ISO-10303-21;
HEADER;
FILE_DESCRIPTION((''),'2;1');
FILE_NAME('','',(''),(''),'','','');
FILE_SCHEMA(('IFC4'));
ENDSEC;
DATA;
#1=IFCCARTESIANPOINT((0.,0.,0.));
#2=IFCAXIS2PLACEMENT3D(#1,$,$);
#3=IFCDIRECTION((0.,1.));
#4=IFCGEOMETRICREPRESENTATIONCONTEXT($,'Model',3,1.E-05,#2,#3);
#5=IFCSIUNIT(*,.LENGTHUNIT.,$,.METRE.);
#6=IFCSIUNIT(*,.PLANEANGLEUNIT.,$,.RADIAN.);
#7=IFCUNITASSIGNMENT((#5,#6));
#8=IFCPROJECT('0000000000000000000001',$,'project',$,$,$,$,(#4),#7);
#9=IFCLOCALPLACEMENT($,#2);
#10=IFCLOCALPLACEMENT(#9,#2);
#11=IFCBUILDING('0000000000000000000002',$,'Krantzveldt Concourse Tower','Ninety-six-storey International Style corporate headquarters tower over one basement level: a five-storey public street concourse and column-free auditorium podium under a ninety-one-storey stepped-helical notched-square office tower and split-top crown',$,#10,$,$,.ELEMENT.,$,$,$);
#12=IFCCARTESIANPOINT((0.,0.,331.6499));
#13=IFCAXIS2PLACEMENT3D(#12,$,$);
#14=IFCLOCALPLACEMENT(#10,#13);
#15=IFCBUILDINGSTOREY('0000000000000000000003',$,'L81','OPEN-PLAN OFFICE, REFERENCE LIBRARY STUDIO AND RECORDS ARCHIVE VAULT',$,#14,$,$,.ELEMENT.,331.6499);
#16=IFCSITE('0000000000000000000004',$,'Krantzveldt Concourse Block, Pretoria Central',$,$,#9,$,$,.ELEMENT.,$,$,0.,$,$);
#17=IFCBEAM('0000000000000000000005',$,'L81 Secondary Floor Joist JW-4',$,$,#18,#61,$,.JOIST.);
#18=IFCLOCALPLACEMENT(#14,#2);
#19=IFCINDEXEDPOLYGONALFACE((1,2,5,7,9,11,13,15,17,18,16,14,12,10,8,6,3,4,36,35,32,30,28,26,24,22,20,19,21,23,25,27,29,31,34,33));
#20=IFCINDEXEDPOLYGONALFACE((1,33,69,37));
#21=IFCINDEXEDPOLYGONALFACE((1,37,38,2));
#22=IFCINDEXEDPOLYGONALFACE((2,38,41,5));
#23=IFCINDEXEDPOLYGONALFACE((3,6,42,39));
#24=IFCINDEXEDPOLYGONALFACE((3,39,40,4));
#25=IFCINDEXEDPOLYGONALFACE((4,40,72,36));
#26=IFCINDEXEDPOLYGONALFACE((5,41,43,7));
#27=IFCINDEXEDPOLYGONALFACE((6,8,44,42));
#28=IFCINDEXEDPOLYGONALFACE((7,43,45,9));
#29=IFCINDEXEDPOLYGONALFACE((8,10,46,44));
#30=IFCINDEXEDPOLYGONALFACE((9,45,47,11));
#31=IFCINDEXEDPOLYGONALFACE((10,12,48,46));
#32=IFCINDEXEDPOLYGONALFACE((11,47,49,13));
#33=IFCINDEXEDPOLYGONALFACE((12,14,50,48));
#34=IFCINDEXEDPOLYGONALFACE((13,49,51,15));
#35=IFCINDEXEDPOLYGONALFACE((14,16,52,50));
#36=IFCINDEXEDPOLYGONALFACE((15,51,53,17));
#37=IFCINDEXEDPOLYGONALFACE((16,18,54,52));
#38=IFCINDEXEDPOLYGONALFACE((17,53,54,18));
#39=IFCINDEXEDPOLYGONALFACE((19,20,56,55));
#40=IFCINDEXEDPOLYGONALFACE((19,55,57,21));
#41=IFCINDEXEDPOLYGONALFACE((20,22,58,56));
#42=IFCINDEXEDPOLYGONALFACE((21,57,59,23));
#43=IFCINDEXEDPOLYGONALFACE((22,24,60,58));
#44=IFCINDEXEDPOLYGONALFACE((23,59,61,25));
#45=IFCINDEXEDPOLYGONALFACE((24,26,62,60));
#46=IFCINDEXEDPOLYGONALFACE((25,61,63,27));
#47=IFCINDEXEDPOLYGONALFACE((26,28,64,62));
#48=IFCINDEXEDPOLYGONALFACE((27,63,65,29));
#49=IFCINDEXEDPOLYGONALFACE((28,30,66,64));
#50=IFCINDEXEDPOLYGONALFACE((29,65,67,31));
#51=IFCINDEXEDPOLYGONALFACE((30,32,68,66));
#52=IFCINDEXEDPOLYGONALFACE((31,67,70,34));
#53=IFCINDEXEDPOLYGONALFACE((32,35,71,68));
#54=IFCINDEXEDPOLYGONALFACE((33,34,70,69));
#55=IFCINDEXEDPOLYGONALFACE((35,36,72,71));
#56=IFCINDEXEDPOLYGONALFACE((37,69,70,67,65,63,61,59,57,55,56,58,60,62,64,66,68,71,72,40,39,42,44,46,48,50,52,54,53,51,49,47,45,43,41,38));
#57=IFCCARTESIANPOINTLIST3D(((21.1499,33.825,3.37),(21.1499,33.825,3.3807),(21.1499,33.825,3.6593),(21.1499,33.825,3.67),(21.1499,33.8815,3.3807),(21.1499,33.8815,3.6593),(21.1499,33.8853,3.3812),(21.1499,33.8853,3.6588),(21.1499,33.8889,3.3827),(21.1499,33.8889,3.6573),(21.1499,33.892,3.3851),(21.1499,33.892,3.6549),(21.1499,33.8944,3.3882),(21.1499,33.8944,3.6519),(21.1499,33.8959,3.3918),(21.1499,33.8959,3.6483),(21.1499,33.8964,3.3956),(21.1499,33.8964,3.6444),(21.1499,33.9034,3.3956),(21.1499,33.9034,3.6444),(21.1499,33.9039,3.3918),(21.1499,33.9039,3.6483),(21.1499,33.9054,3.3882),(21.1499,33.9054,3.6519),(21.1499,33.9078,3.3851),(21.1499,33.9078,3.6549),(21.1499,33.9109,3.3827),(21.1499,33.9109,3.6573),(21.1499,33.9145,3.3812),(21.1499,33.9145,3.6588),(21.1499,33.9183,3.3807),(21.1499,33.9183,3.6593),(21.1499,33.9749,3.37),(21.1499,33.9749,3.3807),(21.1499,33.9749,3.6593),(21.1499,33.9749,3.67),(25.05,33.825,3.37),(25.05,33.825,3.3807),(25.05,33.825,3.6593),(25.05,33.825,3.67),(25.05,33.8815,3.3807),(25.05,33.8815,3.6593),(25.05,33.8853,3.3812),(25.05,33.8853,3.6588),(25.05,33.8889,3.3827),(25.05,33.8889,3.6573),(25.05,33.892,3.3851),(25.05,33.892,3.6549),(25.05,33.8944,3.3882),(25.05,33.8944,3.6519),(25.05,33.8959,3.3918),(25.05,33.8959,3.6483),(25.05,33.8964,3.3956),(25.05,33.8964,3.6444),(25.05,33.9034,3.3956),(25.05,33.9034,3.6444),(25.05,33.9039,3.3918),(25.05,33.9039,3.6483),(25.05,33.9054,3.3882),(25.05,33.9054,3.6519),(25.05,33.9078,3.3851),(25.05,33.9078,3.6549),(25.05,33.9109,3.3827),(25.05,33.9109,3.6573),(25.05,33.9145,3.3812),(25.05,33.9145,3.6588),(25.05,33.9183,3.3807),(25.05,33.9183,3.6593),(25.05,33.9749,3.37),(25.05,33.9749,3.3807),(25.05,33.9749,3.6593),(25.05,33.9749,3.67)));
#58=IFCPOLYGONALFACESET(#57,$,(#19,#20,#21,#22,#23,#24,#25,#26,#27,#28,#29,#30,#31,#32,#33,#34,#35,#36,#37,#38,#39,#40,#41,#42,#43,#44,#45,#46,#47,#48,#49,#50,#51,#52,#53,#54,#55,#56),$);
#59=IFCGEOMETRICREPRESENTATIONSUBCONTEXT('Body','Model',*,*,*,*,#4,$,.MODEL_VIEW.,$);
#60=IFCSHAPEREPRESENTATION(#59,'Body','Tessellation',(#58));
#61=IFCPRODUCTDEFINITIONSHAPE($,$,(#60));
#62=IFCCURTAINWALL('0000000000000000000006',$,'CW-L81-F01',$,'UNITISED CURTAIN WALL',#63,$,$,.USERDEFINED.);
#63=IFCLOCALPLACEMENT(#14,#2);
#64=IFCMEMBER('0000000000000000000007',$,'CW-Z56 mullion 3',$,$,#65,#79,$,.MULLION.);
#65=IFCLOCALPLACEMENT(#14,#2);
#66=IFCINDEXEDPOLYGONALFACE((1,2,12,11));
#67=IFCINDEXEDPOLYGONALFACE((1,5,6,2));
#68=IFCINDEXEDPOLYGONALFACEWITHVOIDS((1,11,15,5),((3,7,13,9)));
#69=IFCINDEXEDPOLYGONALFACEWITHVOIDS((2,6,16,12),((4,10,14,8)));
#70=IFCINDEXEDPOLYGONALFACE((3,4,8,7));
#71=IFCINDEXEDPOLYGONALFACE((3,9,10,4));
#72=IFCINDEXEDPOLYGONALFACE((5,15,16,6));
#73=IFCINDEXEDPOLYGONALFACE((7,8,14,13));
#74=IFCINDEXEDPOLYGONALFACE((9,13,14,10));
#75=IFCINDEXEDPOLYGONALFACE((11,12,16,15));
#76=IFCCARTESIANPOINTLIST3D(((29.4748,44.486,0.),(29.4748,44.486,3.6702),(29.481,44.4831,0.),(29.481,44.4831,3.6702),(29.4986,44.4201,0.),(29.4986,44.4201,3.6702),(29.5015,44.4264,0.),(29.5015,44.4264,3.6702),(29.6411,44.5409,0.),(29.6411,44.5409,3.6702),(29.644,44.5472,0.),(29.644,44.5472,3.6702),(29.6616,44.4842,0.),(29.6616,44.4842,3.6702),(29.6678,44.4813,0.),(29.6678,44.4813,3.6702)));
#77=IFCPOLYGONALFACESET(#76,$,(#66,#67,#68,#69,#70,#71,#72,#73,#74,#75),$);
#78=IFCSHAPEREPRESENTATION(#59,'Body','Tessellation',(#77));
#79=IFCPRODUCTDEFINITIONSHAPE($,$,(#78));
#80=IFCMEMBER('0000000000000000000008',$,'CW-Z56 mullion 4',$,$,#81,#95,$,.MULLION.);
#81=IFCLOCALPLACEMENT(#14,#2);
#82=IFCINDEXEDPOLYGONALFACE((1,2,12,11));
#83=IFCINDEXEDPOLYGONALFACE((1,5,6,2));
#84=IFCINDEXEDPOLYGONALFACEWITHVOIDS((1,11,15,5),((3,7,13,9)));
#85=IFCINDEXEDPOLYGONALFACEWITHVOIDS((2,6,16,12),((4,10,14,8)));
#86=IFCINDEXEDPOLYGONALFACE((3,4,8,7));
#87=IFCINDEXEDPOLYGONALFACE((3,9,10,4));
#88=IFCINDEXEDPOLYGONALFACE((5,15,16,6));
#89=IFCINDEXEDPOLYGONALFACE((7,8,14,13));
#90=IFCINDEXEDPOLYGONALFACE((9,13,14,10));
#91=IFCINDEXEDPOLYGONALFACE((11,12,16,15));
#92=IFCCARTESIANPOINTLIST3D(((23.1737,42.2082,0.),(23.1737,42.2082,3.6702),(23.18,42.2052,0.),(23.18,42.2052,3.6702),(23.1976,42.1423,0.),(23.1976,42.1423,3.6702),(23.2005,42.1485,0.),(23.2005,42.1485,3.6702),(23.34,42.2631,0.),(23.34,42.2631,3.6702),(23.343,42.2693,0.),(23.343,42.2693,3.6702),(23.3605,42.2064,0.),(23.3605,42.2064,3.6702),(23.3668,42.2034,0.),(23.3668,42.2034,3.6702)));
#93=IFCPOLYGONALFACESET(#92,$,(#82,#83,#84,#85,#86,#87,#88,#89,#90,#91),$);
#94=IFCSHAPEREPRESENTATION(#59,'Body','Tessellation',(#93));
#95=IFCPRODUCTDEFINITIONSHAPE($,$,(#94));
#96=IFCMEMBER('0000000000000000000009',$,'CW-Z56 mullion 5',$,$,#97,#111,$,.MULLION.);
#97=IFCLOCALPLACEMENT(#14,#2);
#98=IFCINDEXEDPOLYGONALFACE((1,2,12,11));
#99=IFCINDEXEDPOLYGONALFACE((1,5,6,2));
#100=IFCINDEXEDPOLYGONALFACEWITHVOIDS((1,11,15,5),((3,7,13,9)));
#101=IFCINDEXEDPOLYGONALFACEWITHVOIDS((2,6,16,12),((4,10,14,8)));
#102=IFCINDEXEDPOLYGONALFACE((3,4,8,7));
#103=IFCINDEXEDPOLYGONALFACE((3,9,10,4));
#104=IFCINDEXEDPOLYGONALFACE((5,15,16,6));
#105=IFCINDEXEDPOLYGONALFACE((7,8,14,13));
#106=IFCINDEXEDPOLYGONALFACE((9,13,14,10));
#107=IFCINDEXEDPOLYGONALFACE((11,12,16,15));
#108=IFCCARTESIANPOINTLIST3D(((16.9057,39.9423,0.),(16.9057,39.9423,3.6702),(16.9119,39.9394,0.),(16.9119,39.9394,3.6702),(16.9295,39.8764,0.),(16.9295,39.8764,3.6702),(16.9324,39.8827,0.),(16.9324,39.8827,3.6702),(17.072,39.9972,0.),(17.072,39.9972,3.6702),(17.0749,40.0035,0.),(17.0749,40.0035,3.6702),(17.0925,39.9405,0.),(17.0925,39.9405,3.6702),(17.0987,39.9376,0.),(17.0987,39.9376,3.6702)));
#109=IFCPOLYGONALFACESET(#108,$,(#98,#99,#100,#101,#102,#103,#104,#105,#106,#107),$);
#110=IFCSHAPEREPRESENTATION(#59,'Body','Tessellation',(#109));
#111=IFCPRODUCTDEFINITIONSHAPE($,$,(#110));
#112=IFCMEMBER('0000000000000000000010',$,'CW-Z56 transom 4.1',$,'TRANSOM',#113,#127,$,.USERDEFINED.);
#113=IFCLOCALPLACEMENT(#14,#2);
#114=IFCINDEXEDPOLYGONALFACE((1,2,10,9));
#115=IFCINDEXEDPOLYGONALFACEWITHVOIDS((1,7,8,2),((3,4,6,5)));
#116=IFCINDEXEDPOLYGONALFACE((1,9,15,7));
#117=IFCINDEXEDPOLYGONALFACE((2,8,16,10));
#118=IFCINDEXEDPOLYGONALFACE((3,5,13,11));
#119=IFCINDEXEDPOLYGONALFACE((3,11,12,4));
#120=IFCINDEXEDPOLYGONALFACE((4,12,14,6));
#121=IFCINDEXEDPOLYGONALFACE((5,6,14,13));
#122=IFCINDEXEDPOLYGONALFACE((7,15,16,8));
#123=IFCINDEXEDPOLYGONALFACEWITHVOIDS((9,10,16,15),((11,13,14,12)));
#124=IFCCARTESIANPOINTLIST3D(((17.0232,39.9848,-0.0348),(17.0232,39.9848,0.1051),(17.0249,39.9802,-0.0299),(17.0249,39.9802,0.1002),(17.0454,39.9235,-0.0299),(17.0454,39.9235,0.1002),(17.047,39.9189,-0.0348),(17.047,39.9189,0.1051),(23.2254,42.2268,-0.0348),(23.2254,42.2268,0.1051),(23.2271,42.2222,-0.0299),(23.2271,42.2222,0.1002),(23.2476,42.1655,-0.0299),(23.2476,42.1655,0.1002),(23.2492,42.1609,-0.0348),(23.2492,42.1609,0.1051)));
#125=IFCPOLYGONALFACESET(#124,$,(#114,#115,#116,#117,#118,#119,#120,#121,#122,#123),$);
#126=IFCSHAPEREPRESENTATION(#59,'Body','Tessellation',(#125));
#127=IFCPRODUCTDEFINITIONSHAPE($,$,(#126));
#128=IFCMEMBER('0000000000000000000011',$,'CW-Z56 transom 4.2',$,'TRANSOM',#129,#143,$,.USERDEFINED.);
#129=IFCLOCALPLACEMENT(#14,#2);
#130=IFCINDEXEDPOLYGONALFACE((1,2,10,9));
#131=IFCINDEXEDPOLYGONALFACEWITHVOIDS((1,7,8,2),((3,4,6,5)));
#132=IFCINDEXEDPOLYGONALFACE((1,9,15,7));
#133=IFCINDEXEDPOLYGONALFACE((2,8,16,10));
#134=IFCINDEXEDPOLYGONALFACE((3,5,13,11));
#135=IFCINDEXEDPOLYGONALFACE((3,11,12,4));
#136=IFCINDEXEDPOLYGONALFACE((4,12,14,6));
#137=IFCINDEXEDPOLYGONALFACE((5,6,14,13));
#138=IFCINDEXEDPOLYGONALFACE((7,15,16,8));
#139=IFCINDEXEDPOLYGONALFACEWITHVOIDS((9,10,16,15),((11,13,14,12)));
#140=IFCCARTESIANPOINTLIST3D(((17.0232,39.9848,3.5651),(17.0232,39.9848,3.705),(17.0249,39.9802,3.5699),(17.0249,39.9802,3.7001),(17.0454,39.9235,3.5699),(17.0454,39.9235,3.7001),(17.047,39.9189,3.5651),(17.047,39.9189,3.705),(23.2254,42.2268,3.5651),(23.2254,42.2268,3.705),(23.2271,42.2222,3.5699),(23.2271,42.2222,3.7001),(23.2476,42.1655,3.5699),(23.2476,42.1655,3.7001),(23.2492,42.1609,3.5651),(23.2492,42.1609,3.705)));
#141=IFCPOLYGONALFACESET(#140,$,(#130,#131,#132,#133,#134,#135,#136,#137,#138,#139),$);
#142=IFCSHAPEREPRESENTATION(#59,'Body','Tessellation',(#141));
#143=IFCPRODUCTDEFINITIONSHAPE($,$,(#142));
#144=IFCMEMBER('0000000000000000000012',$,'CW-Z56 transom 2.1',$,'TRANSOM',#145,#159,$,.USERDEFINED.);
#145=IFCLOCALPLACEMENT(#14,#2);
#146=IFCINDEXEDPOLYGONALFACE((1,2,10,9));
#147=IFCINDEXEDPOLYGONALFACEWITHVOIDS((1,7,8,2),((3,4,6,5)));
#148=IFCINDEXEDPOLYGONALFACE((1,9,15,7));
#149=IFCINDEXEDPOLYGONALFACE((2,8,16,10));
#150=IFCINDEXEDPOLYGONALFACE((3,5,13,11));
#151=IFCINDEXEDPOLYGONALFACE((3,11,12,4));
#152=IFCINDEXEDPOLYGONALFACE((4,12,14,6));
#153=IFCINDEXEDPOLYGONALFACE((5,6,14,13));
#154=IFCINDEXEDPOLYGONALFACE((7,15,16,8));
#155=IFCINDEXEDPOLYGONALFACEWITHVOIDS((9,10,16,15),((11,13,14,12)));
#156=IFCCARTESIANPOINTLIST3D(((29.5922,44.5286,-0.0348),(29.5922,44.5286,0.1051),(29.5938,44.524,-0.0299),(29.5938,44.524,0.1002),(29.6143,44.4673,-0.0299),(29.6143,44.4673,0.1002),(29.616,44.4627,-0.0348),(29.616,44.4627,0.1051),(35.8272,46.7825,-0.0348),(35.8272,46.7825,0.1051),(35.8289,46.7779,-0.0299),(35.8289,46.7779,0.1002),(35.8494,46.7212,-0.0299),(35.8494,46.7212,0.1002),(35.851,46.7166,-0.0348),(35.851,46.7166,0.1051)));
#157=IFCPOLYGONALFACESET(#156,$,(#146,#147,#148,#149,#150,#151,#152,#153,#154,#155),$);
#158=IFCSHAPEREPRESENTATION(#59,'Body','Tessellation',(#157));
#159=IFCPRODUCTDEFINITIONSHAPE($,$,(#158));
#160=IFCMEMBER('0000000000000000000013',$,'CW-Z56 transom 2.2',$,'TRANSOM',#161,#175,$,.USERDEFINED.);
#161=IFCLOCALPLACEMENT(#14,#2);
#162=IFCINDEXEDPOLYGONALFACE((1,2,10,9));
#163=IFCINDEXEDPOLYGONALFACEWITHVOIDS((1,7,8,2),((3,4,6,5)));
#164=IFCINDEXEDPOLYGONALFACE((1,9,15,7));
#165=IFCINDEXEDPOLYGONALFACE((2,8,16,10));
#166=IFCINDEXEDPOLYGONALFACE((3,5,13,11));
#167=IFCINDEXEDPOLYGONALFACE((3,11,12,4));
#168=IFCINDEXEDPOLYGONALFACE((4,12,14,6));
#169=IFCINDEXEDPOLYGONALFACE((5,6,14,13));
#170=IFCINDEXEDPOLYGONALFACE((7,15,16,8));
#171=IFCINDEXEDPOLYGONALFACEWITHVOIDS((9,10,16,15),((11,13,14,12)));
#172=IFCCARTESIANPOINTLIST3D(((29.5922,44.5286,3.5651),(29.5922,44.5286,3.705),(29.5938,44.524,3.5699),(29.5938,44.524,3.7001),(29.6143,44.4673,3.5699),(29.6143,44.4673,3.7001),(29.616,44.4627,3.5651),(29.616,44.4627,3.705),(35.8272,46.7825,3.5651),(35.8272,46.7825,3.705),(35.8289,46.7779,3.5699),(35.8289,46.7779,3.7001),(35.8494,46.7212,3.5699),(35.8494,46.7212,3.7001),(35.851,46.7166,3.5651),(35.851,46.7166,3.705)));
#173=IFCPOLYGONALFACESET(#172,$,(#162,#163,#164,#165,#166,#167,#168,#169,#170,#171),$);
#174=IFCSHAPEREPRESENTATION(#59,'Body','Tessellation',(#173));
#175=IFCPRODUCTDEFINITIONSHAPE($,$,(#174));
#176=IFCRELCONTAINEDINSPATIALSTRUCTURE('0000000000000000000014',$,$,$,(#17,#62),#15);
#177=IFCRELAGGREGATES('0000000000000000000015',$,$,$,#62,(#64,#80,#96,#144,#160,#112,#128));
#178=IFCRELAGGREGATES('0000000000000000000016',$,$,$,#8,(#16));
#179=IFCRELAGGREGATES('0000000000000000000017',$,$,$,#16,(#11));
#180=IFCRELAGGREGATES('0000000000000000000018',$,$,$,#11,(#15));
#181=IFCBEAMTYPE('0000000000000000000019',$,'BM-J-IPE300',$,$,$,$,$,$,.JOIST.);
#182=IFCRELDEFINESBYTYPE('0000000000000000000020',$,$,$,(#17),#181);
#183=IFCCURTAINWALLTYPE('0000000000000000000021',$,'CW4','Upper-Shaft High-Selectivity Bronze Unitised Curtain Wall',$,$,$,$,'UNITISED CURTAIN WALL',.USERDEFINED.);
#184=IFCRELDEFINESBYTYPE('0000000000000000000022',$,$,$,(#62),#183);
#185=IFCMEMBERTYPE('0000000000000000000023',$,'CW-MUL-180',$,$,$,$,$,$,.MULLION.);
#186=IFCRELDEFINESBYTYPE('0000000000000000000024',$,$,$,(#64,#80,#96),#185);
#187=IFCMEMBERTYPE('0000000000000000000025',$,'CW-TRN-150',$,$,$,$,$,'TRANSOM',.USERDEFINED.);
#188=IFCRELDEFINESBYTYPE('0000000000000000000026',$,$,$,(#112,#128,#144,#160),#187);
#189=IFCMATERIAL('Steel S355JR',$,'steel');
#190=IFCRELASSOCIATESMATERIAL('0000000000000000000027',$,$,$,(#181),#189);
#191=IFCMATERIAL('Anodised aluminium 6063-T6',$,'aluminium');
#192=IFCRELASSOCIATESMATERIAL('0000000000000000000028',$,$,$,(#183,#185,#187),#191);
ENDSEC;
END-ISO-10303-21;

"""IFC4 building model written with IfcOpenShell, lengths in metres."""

from ifc_helpers import new_model, si_unit, direction, frame, origin, origin_2d, place, context, subcontext, project, spatial, hollow_rectangle, i_section, extrude, source, transform, mapped, material, material_profile, profile_set, type_object, type_shapes, element, aggregate, save


model = new_model("IFC4")

# Units and contexts
model_context = context("Model", 3, precision=1e-05, world=origin(), true_north=direction((0.0, 1.0)))
body_context = subcontext(model_context, "Body", "Model", "MODEL_VIEW")
ifc_project = project(units=[si_unit("LENGTHUNIT", "METRE"), si_unit("PLANEANGLEUNIT", "RADIAN")], contexts=[model_context])

# Site, building, storey
site_placement = place(None, origin())
site = spatial("IfcSite", under=ifc_project, at=site_placement, Name="Krantzveldt Concourse Block, Pretoria Central", CompositionType="ELEMENT", RefElevation=0.0)
building_placement = place(site_placement, origin())
building = spatial("IfcBuilding", under=site, at=building_placement, Name="Krantzveldt Concourse Tower", Description="Ninety-six-storey International Style corporate headquarters tower over one basement level: a five-storey public street concourse and column-free auditorium podium under a ninety-one-storey stepped-helical notched-square office tower and split-top crown", CompositionType="ELEMENT")
storey_placement = place(building_placement, frame((0.0, 0.0, 331.6499)))
storey = spatial("IfcBuildingStorey", under=building, at=storey_placement, Name="L81", Description="OPEN-PLAN OFFICE, REFERENCE LIBRARY STUDIO AND RECORDS ARCHIVE VAULT", CompositionType="ELEMENT", Elevation=331.6499)

# Beam
ifc_material_1 = material(Name="Steel S355JR", Category="steel")
ifc_material_profile_1 = material_profile(ifc_material_1, i_section(OverallWidth=0.1499, OverallDepth=0.3, WebThickness=0.0071, FlangeThickness=0.0107, FilletRadius=0.0149, at=origin_2d()), Name="Steel S355JR", Category="steel")
ifc_profile_set_1 = profile_set([ifc_material_profile_1], Name="Steel S355JR - IPE 300")
beam_type_1 = type_object("IfcBeamType", Name="BM-J-IPE300", PredefinedType="JOIST", material=ifc_profile_set_1)
shared_shape_1 = source(origin(), body_context, "Body", "SweptSolid", [
    extrude(i_section(OverallWidth=0.1499, OverallDepth=0.3, WebThickness=0.0071, FlangeThickness=0.0107, FilletRadius=0.0149, at=origin_2d()), origin(), (0.0, 0.0, 1.0), 3.9001),
])
beam_1_placement = place(storey_placement, frame((21.1499, 33.8999, 3.52), z_axis=(1.0, 0.0, 0.0), x_axis=(0.0, 1.0, 0.0)))
element("IfcBeam", 1, at=beam_1_placement, inside=storey, type_object=beam_type_1, Name="L81 Secondary Floor Joist JW-4", PredefinedType="JOIST", context=body_context, shape_type="MappedRepresentation", body=[
    mapped(shared_shape_1, transform((0.0, 0.0, 0.0), x_axis=(1.0, 0.0, 0.0), y_axis=(0.0, 1.0, 0.0), z_axis=(0.0, 0.0, 1.0), scale=1.0)),
])

# Curtain wall, members
ifc_material_2 = material(Name="Anodised aluminium 6063-T6", Category="aluminium")
curtain_wall_type = type_object("IfcCurtainWallType", Name="CW4", Description="Upper-Shaft High-Selectivity Bronze Unitised Curtain Wall", ElementType="UNITISED CURTAIN WALL", PredefinedType="USERDEFINED", material=ifc_material_2)
curtain_wall_placement = place(storey_placement, origin())
curtain_wall = element("IfcCurtainWall", 2, at=curtain_wall_placement, inside=storey, type_object=curtain_wall_type, Name="CW-L81-F01", ObjectType="UNITISED CURTAIN WALL", PredefinedType="USERDEFINED")
ifc_material_profile_2 = material_profile(ifc_material_2, hollow_rectangle(XDim=0.0701, YDim=0.1799, WallThickness=0.0049, at=origin_2d()), Name="Anodised aluminium 6063-T6", Category="aluminium")
ifc_profile_set_2 = profile_set([ifc_material_profile_2], Name="Anodised aluminium 6063-T6 - ALU-MULL 180x70x5")
member_type_1 = type_object("IfcMemberType", Name="CW-MUL-180", PredefinedType="MULLION", material=ifc_profile_set_2)
shared_shape_2 = source(origin(), body_context, "Body", "SweptSolid", [
    extrude(hollow_rectangle(XDim=0.0701, YDim=0.1799, WallThickness=0.0049, at=origin_2d()), origin(), (0.0, 0.0, 1.0), 3.6702),
])
type_shapes(member_type_1, [shared_shape_2])
member_1_placement = place(storey_placement, frame((29.5713, 44.4836, 0.0), z_axis=(0.0, 0.0, 1.0), x_axis=(0.339969, -0.940437, 0.0)))
member_1 = element("IfcMember", 3, at=member_1_placement, type_object=member_type_1, Name="CW-Z56 mullion 3", PredefinedType="MULLION", context=body_context, shape_type="MappedRepresentation", body=[
    mapped(shared_shape_2, transform((0.0, 0.0, 0.0), x_axis=(1.0, 0.0, 0.0), y_axis=(0.0, 1.0, 0.0), z_axis=(0.0, 0.0, 1.0), scale=1.0)),
])
member_2_placement = place(storey_placement, frame((23.2703, 42.2058, 0.0), z_axis=(0.0, 0.0, 1.0), x_axis=(0.339969, -0.940437, 0.0)))
member_2 = element("IfcMember", 4, at=member_2_placement, type_object=member_type_1, Name="CW-Z56 mullion 4", PredefinedType="MULLION", context=body_context, shape_type="MappedRepresentation", body=[
    mapped(shared_shape_2, transform((0.0, 0.0, 0.0), x_axis=(1.0, 0.0, 0.0), y_axis=(0.0, 1.0, 0.0), z_axis=(0.0, 0.0, 1.0), scale=1.0)),
])
member_3_placement = place(storey_placement, frame((17.0022, 39.9399, 0.0), z_axis=(0.0, 0.0, 1.0), x_axis=(0.339969, -0.940437, 0.0)))
member_3 = element("IfcMember", 5, at=member_3_placement, type_object=member_type_1, Name="CW-Z56 mullion 5", PredefinedType="MULLION", context=body_context, shape_type="MappedRepresentation", body=[
    mapped(shared_shape_2, transform((0.0, 0.0, 0.0), x_axis=(1.0, 0.0, 0.0), y_axis=(0.0, 1.0, 0.0), z_axis=(0.0, 0.0, 1.0), scale=1.0)),
])
ifc_material_profile_3 = material_profile(ifc_material_2, hollow_rectangle(XDim=0.0701, YDim=0.1399, WallThickness=0.0049, at=origin_2d()), Name="Anodised aluminium 6063-T6", Category="aluminium")
ifc_profile_set_3 = profile_set([ifc_material_profile_3], Name="Anodised aluminium 6063-T6 - ALU-TRAN 140x70x5")
member_type_2 = type_object("IfcMemberType", Name="CW-TRN-150", ElementType="TRANSOM", PredefinedType="USERDEFINED", material=ifc_profile_set_3)
shared_shape_3 = source(origin(), body_context, "Body", "SweptSolid", [
    extrude(hollow_rectangle(XDim=0.0701, YDim=0.1399, WallThickness=0.0049, at=origin_2d()), origin(), (0.0, 0.0, 1.0), 6.595),
])
member_4_placement = place(storey_placement, frame((23.2373, 42.1938, 0.0352), z_axis=(-0.940443, -0.33995, 0.0), x_axis=(0.33995, -0.940443, 0.0)))
member_4 = element("IfcMember", 6, at=member_4_placement, type_object=member_type_2, Name="CW-Z56 transom 4.1", ObjectType="TRANSOM", PredefinedType="USERDEFINED", context=body_context, shape_type="MappedRepresentation", body=[
    mapped(shared_shape_3, transform((0.0, 0.0, 0.0), x_axis=(1.0, 0.0, 0.0), y_axis=(0.0, 1.0, 0.0), z_axis=(0.0, 0.0, 1.0), scale=1.0)),
])
member_5_placement = place(storey_placement, frame((23.2373, 42.1938, 3.635), z_axis=(-0.940443, -0.33995, 0.0), x_axis=(0.33995, -0.940443, 0.0)))
member_5 = element("IfcMember", 7, at=member_5_placement, type_object=member_type_2, Name="CW-Z56 transom 4.2", ObjectType="TRANSOM", PredefinedType="USERDEFINED", context=body_context, shape_type="MappedRepresentation", body=[
    mapped(shared_shape_3, transform((0.0, 0.0, 0.0), x_axis=(1.0, 0.0, 0.0), y_axis=(0.0, 1.0, 0.0), z_axis=(0.0, 0.0, 1.0), scale=1.0)),
])
shared_shape_4 = source(origin(), body_context, "Body", "SweptSolid", [
    extrude(hollow_rectangle(XDim=0.0701, YDim=0.1399, WallThickness=0.0049, at=origin_2d()), origin(), (0.0, 0.0, 1.0), 6.6299),
])
type_shapes(member_type_2, [shared_shape_3, shared_shape_4])
member_6_placement = place(storey_placement, frame((35.8391, 46.7495, 0.0352), z_axis=(-0.940441, -0.339957, 0.0), x_axis=(0.339957, -0.940441, 0.0)))
member_6 = element("IfcMember", 8, at=member_6_placement, type_object=member_type_2, Name="CW-Z56 transom 2.1", ObjectType="TRANSOM", PredefinedType="USERDEFINED", context=body_context, shape_type="MappedRepresentation", body=[
    mapped(shared_shape_4, transform((0.0, 0.0, 0.0), x_axis=(1.0, 0.0, 0.0), y_axis=(0.0, 1.0, 0.0), z_axis=(0.0, 0.0, 1.0), scale=1.0)),
])
member_7_placement = place(storey_placement, frame((35.8391, 46.7495, 3.635), z_axis=(-0.940441, -0.339957, 0.0), x_axis=(0.339957, -0.940441, 0.0)))
member_7 = element("IfcMember", 9, at=member_7_placement, type_object=member_type_2, Name="CW-Z56 transom 2.2", ObjectType="TRANSOM", PredefinedType="USERDEFINED", context=body_context, shape_type="MappedRepresentation", body=[
    mapped(shared_shape_4, transform((0.0, 0.0, 0.0), x_axis=(1.0, 0.0, 0.0), y_axis=(0.0, 1.0, 0.0), z_axis=(0.0, 0.0, 1.0), scale=1.0)),
])
aggregate(curtain_wall, [member_1, member_2, member_3, member_6, member_7, member_4, member_5])

save(model, "model.ifc")
